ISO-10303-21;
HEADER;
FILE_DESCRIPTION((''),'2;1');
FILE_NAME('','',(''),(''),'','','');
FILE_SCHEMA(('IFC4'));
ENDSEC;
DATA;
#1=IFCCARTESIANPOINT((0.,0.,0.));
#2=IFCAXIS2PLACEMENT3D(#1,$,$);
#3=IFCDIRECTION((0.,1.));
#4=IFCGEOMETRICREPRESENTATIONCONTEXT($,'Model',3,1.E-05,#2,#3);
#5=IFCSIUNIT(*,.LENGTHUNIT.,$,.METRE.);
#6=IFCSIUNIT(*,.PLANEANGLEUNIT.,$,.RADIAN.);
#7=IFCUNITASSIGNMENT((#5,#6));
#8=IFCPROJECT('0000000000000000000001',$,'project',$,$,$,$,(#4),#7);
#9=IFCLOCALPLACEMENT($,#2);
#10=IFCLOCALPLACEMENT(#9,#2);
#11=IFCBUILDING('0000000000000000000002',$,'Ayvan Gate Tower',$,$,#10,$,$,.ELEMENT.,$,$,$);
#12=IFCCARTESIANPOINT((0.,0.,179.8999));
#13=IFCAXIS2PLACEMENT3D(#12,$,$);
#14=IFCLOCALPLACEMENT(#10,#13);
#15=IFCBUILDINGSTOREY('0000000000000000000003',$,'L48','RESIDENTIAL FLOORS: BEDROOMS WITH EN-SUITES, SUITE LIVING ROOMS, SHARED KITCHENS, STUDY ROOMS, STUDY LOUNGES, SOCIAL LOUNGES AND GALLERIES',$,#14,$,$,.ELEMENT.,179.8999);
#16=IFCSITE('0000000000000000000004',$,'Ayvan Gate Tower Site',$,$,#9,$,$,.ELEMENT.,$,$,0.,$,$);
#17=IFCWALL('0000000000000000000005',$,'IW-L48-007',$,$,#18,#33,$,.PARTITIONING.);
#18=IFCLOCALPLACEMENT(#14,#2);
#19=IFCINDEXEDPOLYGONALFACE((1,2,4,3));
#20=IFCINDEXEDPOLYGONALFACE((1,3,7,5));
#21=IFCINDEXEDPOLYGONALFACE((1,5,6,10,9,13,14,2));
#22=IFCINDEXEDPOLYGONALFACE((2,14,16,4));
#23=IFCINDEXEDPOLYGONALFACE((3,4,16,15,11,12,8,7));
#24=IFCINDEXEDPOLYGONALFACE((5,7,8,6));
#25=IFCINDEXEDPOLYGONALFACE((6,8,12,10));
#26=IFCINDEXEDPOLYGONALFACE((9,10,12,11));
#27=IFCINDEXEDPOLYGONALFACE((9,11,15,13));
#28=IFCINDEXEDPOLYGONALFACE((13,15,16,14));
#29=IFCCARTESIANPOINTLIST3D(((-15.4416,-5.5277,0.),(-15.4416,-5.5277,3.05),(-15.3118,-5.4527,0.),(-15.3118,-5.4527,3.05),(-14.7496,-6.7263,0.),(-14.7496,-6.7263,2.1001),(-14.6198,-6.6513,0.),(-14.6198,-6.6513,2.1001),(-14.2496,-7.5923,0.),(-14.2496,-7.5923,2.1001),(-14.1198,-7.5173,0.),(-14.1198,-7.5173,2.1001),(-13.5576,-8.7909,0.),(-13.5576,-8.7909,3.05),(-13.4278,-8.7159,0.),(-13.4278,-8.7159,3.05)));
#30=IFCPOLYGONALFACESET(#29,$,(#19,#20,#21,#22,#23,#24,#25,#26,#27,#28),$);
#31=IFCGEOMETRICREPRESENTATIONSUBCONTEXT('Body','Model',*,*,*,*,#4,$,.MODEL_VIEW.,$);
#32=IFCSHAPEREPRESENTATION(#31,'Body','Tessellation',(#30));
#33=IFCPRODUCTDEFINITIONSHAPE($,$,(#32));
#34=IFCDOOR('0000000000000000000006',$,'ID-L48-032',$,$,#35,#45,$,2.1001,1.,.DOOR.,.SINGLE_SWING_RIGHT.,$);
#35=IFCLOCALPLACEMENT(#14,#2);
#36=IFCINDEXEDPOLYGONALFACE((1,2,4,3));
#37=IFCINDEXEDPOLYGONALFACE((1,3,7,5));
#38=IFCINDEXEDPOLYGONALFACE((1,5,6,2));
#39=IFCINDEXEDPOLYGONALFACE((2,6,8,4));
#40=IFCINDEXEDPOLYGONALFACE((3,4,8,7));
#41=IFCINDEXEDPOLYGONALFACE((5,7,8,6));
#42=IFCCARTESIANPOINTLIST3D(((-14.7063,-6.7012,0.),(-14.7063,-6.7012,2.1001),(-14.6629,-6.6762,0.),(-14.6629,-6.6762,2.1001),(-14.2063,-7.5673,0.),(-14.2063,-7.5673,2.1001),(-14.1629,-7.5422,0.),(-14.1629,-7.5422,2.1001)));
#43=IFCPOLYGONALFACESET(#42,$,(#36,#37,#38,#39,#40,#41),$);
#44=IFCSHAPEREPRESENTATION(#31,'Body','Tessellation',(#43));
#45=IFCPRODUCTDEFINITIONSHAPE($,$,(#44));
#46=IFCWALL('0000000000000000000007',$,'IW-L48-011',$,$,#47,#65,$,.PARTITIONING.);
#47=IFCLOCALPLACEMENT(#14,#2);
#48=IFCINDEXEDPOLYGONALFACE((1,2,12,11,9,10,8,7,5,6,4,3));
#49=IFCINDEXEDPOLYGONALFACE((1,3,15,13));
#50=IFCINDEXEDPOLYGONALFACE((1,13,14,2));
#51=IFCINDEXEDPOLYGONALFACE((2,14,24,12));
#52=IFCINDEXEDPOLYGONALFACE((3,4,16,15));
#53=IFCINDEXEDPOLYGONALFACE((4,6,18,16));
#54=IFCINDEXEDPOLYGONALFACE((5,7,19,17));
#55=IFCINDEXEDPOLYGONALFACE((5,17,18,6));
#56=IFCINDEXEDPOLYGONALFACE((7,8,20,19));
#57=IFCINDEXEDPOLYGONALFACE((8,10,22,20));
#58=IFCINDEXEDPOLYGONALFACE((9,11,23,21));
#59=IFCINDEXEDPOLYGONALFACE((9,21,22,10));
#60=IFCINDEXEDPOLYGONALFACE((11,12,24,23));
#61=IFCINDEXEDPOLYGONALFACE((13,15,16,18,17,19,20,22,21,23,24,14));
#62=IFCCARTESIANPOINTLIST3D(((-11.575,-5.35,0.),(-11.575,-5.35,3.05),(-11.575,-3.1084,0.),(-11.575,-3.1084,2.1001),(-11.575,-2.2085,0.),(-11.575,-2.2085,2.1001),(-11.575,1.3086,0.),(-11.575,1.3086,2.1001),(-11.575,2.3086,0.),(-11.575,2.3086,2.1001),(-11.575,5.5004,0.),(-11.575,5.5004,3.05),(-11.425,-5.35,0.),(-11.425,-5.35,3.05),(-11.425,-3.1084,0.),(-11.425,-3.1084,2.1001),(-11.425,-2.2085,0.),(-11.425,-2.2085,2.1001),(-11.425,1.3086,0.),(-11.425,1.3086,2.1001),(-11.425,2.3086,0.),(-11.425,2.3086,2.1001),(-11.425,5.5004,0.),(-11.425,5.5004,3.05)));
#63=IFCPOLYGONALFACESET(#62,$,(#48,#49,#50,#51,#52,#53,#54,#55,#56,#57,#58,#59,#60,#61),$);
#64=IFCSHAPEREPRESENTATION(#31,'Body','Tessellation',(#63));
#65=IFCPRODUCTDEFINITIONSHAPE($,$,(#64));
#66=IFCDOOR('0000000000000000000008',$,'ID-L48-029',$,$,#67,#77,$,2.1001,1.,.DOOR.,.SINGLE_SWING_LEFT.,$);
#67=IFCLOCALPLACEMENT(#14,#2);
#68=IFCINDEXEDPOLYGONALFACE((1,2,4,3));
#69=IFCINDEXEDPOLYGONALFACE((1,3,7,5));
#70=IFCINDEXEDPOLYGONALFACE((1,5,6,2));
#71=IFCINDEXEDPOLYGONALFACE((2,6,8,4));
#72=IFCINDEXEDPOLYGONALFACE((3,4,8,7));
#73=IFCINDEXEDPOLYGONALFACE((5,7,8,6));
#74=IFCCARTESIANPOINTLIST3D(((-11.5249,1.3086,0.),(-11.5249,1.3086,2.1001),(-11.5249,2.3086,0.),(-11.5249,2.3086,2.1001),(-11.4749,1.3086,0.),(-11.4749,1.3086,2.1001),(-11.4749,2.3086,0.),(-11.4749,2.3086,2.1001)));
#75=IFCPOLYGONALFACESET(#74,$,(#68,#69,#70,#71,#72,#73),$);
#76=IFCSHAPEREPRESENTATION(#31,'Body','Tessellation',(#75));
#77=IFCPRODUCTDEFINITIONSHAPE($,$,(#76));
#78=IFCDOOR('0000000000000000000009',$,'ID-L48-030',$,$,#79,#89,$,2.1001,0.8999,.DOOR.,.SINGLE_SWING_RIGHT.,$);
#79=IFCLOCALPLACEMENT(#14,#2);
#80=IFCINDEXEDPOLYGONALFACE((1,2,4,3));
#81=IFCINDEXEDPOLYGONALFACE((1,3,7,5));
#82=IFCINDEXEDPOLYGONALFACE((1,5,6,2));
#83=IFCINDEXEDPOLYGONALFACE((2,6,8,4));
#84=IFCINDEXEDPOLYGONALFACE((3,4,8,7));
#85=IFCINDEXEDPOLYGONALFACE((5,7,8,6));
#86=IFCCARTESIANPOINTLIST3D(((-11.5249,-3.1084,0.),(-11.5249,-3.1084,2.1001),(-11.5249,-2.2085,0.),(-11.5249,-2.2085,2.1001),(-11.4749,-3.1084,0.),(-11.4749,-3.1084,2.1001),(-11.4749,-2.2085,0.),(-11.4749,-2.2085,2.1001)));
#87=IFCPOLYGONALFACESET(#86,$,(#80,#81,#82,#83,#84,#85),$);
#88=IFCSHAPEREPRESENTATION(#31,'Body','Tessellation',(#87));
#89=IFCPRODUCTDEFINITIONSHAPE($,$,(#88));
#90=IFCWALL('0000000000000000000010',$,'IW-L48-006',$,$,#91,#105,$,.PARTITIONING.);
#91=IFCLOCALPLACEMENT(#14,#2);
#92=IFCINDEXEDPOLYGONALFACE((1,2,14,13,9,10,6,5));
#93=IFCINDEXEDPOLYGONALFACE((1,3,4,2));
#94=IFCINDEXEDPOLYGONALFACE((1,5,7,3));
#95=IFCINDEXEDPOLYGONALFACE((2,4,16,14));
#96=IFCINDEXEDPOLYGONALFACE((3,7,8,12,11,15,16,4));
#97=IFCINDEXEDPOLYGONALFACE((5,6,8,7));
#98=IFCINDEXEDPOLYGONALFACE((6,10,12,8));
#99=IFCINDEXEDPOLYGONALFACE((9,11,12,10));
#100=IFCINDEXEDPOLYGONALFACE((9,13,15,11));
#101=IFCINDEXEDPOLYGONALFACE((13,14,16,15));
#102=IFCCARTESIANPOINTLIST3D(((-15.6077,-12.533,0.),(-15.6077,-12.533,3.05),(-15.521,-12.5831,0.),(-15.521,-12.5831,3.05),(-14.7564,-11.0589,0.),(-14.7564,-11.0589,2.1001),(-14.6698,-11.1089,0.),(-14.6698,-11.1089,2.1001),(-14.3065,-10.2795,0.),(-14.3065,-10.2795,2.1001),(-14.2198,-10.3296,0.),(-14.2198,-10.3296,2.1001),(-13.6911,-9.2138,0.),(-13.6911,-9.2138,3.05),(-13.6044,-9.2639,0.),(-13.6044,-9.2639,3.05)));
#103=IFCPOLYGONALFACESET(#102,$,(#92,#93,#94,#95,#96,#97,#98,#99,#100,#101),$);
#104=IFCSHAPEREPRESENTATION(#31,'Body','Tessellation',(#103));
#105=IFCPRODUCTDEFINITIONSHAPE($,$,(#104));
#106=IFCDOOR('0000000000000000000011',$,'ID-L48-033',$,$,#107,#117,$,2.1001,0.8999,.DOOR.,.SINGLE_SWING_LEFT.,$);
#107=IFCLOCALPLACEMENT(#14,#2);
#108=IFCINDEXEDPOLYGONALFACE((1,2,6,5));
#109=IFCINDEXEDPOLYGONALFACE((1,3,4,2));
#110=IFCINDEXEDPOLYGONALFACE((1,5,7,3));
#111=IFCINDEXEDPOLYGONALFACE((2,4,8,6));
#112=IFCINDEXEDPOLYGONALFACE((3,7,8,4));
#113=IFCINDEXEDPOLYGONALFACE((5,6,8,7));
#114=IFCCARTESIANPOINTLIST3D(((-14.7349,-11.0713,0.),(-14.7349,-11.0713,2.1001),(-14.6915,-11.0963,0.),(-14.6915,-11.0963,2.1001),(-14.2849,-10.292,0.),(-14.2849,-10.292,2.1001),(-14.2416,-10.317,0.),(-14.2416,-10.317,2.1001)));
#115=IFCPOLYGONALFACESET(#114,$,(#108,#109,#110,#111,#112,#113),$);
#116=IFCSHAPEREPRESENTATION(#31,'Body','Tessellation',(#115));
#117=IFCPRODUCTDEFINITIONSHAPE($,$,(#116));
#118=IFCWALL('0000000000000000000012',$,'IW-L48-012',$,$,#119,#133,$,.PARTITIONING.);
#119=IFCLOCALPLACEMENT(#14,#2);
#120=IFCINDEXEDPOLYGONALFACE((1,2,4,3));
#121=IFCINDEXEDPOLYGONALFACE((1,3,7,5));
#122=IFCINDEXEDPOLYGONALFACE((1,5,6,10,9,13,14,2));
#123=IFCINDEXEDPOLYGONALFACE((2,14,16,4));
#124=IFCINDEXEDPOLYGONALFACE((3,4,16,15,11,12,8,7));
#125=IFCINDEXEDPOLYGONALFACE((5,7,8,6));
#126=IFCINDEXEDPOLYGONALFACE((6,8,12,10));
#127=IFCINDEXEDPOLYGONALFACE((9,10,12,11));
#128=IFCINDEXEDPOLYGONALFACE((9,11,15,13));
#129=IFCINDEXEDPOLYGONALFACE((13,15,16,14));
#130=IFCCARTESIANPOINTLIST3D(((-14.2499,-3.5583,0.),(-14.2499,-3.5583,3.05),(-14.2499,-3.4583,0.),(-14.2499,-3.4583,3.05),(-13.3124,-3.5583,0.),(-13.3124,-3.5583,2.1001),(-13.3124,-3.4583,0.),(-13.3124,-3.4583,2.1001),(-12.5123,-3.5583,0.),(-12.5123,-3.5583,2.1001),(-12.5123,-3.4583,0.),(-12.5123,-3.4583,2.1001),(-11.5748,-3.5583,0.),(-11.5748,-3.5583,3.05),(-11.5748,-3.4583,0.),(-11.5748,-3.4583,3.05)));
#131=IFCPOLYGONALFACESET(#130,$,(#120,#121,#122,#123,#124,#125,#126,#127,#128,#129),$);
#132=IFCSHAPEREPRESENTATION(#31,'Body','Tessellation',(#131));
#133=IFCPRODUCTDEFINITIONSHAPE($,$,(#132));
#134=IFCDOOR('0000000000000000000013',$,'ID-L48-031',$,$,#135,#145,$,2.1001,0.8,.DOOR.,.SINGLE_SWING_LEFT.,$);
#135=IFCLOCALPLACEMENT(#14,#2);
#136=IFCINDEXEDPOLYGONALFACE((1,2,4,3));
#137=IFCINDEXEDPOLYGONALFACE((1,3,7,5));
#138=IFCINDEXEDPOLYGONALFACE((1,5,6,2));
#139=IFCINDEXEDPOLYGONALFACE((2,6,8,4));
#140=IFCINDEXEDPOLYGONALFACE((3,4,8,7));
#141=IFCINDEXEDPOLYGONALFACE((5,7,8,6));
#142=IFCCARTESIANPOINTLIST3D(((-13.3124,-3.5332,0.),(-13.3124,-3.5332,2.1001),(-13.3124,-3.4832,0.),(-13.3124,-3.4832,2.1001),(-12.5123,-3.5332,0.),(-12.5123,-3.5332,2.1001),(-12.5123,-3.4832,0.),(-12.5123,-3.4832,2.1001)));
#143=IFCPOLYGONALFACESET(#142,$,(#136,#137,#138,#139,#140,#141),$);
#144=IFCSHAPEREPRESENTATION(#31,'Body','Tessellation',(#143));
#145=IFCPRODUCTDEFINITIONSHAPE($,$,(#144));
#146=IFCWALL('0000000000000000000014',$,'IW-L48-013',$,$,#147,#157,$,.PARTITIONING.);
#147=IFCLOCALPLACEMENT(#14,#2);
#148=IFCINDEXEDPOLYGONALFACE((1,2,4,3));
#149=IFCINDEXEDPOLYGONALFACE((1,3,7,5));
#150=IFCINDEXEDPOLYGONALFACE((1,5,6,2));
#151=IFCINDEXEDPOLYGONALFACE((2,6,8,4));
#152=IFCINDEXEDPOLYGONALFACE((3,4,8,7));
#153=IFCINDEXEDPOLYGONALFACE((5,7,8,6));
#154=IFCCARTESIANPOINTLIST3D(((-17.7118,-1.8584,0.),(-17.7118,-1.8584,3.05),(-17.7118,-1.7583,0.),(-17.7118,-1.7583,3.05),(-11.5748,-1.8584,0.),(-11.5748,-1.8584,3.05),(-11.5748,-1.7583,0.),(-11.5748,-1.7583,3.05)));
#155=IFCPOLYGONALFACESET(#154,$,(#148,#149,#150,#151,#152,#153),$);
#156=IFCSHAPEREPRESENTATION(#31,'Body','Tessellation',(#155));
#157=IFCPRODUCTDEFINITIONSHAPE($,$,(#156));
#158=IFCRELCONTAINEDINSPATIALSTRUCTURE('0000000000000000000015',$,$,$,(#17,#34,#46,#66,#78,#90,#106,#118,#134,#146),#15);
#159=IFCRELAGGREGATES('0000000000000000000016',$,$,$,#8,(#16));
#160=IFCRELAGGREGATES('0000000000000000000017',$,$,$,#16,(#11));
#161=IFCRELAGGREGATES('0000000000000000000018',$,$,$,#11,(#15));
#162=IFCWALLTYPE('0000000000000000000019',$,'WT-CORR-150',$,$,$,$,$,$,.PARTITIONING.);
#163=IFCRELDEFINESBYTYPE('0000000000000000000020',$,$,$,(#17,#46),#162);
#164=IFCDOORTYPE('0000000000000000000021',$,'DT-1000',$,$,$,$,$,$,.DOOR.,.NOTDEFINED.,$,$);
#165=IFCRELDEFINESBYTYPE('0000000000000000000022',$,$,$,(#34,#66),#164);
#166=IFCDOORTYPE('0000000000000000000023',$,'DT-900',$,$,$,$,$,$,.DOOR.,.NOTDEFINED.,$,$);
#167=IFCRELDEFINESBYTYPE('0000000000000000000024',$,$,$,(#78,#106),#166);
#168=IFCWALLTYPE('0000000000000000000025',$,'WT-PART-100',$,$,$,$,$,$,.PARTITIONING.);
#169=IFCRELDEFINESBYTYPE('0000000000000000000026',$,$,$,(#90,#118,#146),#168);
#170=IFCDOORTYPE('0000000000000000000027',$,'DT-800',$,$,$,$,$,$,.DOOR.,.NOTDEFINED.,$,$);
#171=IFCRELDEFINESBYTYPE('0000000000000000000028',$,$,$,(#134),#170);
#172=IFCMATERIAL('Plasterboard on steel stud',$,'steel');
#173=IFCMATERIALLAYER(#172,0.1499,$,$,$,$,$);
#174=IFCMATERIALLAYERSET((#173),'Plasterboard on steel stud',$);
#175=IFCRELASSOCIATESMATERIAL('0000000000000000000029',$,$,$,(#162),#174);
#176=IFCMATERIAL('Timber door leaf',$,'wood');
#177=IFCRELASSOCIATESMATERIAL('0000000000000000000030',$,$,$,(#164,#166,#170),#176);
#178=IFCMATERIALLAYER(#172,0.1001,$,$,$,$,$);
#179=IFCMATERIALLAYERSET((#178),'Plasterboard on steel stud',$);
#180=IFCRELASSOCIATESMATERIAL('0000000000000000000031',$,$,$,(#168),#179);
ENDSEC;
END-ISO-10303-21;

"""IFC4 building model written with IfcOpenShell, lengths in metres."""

from ifc_helpers import new_model, si_unit, direction, frame, frame_2d, origin, place, context, subcontext, project, spatial, rectangle, extrude, material, layer, layer_set, type_object, element, fill, save


model = new_model("IFC4")

# Units and contexts
model_context = context("Model", 3, precision=1e-05, world=origin(), true_north=direction((0.0, 1.0)))
body_context = subcontext(model_context, "Body", "Model", "MODEL_VIEW")
ifc_project = project(units=[si_unit("LENGTHUNIT", "METRE"), si_unit("PLANEANGLEUNIT", "RADIAN")], contexts=[model_context])

# Site, building, storey
site_placement = place(None, origin())
site = spatial("IfcSite", under=ifc_project, at=site_placement, Name="Ayvan Gate Tower Site", CompositionType="ELEMENT", RefElevation=0.0)
building_placement = place(site_placement, origin())
building = spatial("IfcBuilding", under=site, at=building_placement, Name="Ayvan Gate Tower", CompositionType="ELEMENT")
storey_placement = place(building_placement, frame((0.0, 0.0, 179.8999)))
storey = spatial("IfcBuildingStorey", under=building, at=storey_placement, Name="L48", Description="RESIDENTIAL FLOORS: BEDROOMS WITH EN-SUITES, SUITE LIVING ROOMS, SHARED KITCHENS, STUDY ROOMS, STUDY LOUNGES, SOCIAL LOUNGES AND GALLERIES", CompositionType="ELEMENT", Elevation=179.8999)

# Wall, opening, door
ifc_material_1 = material(Name="Plasterboard on steel stud", Category="steel")
ifc_layer_1 = layer(ifc_material_1, 0.1499)
ifc_layer_set_1 = layer_set([ifc_layer_1], Name="Plasterboard on steel stud")
wall_type_1 = type_object("IfcWallType", Name="WT-CORR-150", PredefinedType="PARTITIONING", material=ifc_layer_set_1)
wall_1_placement = place(storey_placement, frame((-13.4927, -8.7534, 0.0), z_axis=(0.0, 0.0, 1.0), x_axis=(-0.500007, 0.866022, 0.0)))
wall_1 = element("IfcWall", 1, at=wall_1_placement, inside=storey, type_object=wall_type_1, Name="IW-L48-007", PredefinedType="PARTITIONING", context=body_context, shape_type="SweptSolid", body=[
    extrude(rectangle(XDim=3.7681, YDim=0.1499, at=frame_2d((1.884, 0.0))), origin(), (0.0, 0.0, 1.0), 3.05),
])
opening_1_placement = place(wall_1_placement, frame((1.384, 0.0, 0.0)))
opening_1 = element("IfcOpeningElement", 2, at=opening_1_placement, cuts=wall_1, PredefinedType="OPENING", context=body_context, shape_type="SweptSolid", body=[
    extrude(rectangle(XDim=1.0, YDim=2.1001, at=frame_2d((0.5, 1.05))), frame((0.0, 0.085, 0.0), z_axis=(0.0, -1.0, 0.0), x_axis=(1.0, 0.0, 0.0)), (0.0, 0.0, 1.0), 0.1699),
])
ifc_material_2 = material(Name="Timber door leaf", Category="wood")
door_type_1 = type_object("IfcDoorType", Name="DT-1000", OperationType="NOTDEFINED", PredefinedType="DOOR", material=ifc_material_2)
door_1_placement = place(opening_1_placement, origin())
door_1 = element("IfcDoor", 3, at=door_1_placement, inside=storey, type_object=door_type_1, Name="ID-L48-032", OperationType="SINGLE_SWING_RIGHT", OverallHeight=2.1001, OverallWidth=1.0, PredefinedType="DOOR", context=body_context, shape_type="SweptSolid", body=[
    extrude(rectangle(XDim=1.0, YDim=2.1001, at=frame_2d((0.5, 1.05))), frame((0.0, 0.0249, 0.0), z_axis=(0.0, -1.0, 0.0), x_axis=(1.0, 0.0, 0.0)), (0.0, 0.0, 1.0), 0.05),
])
fill(opening_1, door_1)

# Wall, openings, doors
wall_2_placement = place(storey_placement, frame((-11.5, -5.3501, 0.0), z_axis=(0.0, 0.0, 1.0), x_axis=(0.0, 1.0, 0.0)))
wall_2 = element("IfcWall", 4, at=wall_2_placement, inside=storey, type_object=wall_type_1, Name="IW-L48-011", PredefinedType="PARTITIONING", context=body_context, shape_type="SweptSolid", body=[
    extrude(rectangle(XDim=10.8503, YDim=0.1499, at=frame_2d((5.4253, 0.0))), origin(), (0.0, 0.0, 1.0), 3.05),
])
opening_2_placement = place(wall_2_placement, frame((6.6587, 0.0, 0.0)))
opening_2 = element("IfcOpeningElement", 5, at=opening_2_placement, cuts=wall_2, PredefinedType="OPENING", context=body_context, shape_type="SweptSolid", body=[
    extrude(rectangle(XDim=1.0, YDim=2.1001, at=frame_2d((0.5, 1.05))), frame((0.0, 0.085, 0.0), z_axis=(0.0, -1.0, 0.0), x_axis=(1.0, 0.0, 0.0)), (0.0, 0.0, 1.0), 0.1699),
])
opening_3_placement = place(wall_2_placement, frame((2.2417, 0.0, 0.0)))
opening_3 = element("IfcOpeningElement", 6, at=opening_3_placement, cuts=wall_2, PredefinedType="OPENING", context=body_context, shape_type="SweptSolid", body=[
    extrude(rectangle(XDim=0.8999, YDim=2.1001, at=frame_2d((0.45, 1.05))), frame((0.0, 0.085, 0.0), z_axis=(0.0, -1.0, 0.0), x_axis=(1.0, 0.0, 0.0)), (0.0, 0.0, 1.0), 0.1699),
])
door_2_placement = place(opening_2_placement, origin())
door_2 = element("IfcDoor", 7, at=door_2_placement, inside=storey, type_object=door_type_1, Name="ID-L48-029", OperationType="SINGLE_SWING_LEFT", OverallHeight=2.1001, OverallWidth=1.0, PredefinedType="DOOR", context=body_context, shape_type="SweptSolid", body=[
    extrude(rectangle(XDim=1.0, YDim=2.1001, at=frame_2d((0.5, 1.05))), frame((0.0, 0.0249, 0.0), z_axis=(0.0, -1.0, 0.0), x_axis=(1.0, 0.0, 0.0)), (0.0, 0.0, 1.0), 0.05),
])
fill(opening_2, door_2)
door_type_2 = type_object("IfcDoorType", Name="DT-900", OperationType="NOTDEFINED", PredefinedType="DOOR", material=ifc_material_2)
door_3_placement = place(opening_3_placement, origin())
door_3 = element("IfcDoor", 8, at=door_3_placement, inside=storey, type_object=door_type_2, Name="ID-L48-030", OperationType="SINGLE_SWING_RIGHT", OverallHeight=2.1001, OverallWidth=0.8999, PredefinedType="DOOR", context=body_context, shape_type="SweptSolid", body=[
    extrude(rectangle(XDim=0.8999, YDim=2.1001, at=frame_2d((0.45, 1.05))), frame((0.0, 0.0249, 0.0), z_axis=(0.0, -1.0, 0.0), x_axis=(1.0, 0.0, 0.0)), (0.0, 0.0, 1.0), 0.05),
])
fill(opening_3, door_3)

# Walls, openings, doors
ifc_layer_2 = layer(ifc_material_1, 0.1001)
ifc_layer_set_2 = layer_set([ifc_layer_2], Name="Plasterboard on steel stud")
wall_type_2 = type_object("IfcWallType", Name="WT-PART-100", PredefinedType="PARTITIONING", material=ifc_layer_set_2)
wall_3_placement = place(storey_placement, frame((-13.6477, -9.2388, 0.0), z_axis=(0.0, 0.0, 1.0), x_axis=(-0.500044, -0.866, 0.0)))
wall_3 = element("IfcWall", 9, at=wall_3_placement, inside=storey, type_object=wall_type_2, Name="IW-L48-006", PredefinedType="PARTITIONING", context=body_context, shape_type="SweptSolid", body=[
    extrude(rectangle(XDim=3.8328, YDim=0.1001, at=frame_2d((1.9165, 0.0))), origin(), (0.0, 0.0, 1.0), 3.05),
])
opening_4_placement = place(wall_3_placement, frame((1.2307, 0.0, 0.0)))
opening_4 = element("IfcOpeningElement", 10, at=opening_4_placement, cuts=wall_3, PredefinedType="OPENING", context=body_context, shape_type="SweptSolid", body=[
    extrude(rectangle(XDim=0.8999, YDim=2.1001, at=frame_2d((0.45, 1.05))), frame((0.0, 0.0601, 0.0), z_axis=(0.0, -1.0, 0.0), x_axis=(1.0, 0.0, 0.0)), (0.0, 0.0, 1.0), 0.1201),
])
door_4_placement = place(opening_4_placement, origin())
door_4 = element("IfcDoor", 11, at=door_4_placement, inside=storey, type_object=door_type_2, Name="ID-L48-033", OperationType="SINGLE_SWING_LEFT", OverallHeight=2.1001, OverallWidth=0.8999, PredefinedType="DOOR", context=body_context, shape_type="SweptSolid", body=[
    extrude(rectangle(XDim=0.8999, YDim=2.1001, at=frame_2d((0.45, 1.05))), frame((0.0, 0.0249, 0.0), z_axis=(0.0, -1.0, 0.0), x_axis=(1.0, 0.0, 0.0)), (0.0, 0.0, 1.0), 0.05),
])
fill(opening_4, door_4)
wall_4_placement = place(storey_placement, frame((-11.575, -3.5083, 0.0), z_axis=(0.0, 0.0, 1.0), x_axis=(-1.0, 0.0, 0.0)))
wall_4 = element("IfcWall", 12, at=wall_4_placement, inside=storey, type_object=wall_type_2, Name="IW-L48-012", PredefinedType="PARTITIONING", context=body_context, shape_type="SweptSolid", body=[
    extrude(rectangle(XDim=2.675, YDim=0.1001, at=frame_2d((1.3374, 0.0))), origin(), (0.0, 0.0, 1.0), 3.05),
])
opening_5_placement = place(wall_4_placement, frame((0.9375, 0.0, 0.0)))
opening_5 = element("IfcOpeningElement", 13, at=opening_5_placement, cuts=wall_4, PredefinedType="OPENING", context=body_context, shape_type="SweptSolid", body=[
    extrude(rectangle(XDim=0.8, YDim=2.1001, at=frame_2d((0.3999, 1.05))), frame((0.0, 0.0601, 0.0), z_axis=(0.0, -1.0, 0.0), x_axis=(1.0, 0.0, 0.0)), (0.0, 0.0, 1.0), 0.1201),
])
door_type_3 = type_object("IfcDoorType", Name="DT-800", OperationType="NOTDEFINED", PredefinedType="DOOR", material=ifc_material_2)
door_5_placement = place(opening_5_placement, origin())
door_5 = element("IfcDoor", 14, at=door_5_placement, inside=storey, type_object=door_type_3, Name="ID-L48-031", OperationType="SINGLE_SWING_LEFT", OverallHeight=2.1001, OverallWidth=0.8, PredefinedType="DOOR", context=body_context, shape_type="SweptSolid", body=[
    extrude(rectangle(XDim=0.8, YDim=2.1001, at=frame_2d((0.3999, 1.05))), frame((0.0, 0.0249, 0.0), z_axis=(0.0, -1.0, 0.0), x_axis=(1.0, 0.0, 0.0)), (0.0, 0.0, 1.0), 0.05),
])
fill(opening_5, door_5)

# Wall
wall_5_placement = place(storey_placement, frame((-11.575, -1.8083, 0.0), z_axis=(0.0, 0.0, 1.0), x_axis=(-1.0, 0.0, 0.0)))
element("IfcWall", 15, at=wall_5_placement, inside=storey, type_object=wall_type_2, Name="IW-L48-013", PredefinedType="PARTITIONING", context=body_context, shape_type="SweptSolid", body=[
    extrude(rectangle(XDim=6.137, YDim=0.1001, at=frame_2d((3.0684, 0.0))), origin(), (0.0, 0.0, 1.0), 3.05),
])

save(model, "model.ifc")
